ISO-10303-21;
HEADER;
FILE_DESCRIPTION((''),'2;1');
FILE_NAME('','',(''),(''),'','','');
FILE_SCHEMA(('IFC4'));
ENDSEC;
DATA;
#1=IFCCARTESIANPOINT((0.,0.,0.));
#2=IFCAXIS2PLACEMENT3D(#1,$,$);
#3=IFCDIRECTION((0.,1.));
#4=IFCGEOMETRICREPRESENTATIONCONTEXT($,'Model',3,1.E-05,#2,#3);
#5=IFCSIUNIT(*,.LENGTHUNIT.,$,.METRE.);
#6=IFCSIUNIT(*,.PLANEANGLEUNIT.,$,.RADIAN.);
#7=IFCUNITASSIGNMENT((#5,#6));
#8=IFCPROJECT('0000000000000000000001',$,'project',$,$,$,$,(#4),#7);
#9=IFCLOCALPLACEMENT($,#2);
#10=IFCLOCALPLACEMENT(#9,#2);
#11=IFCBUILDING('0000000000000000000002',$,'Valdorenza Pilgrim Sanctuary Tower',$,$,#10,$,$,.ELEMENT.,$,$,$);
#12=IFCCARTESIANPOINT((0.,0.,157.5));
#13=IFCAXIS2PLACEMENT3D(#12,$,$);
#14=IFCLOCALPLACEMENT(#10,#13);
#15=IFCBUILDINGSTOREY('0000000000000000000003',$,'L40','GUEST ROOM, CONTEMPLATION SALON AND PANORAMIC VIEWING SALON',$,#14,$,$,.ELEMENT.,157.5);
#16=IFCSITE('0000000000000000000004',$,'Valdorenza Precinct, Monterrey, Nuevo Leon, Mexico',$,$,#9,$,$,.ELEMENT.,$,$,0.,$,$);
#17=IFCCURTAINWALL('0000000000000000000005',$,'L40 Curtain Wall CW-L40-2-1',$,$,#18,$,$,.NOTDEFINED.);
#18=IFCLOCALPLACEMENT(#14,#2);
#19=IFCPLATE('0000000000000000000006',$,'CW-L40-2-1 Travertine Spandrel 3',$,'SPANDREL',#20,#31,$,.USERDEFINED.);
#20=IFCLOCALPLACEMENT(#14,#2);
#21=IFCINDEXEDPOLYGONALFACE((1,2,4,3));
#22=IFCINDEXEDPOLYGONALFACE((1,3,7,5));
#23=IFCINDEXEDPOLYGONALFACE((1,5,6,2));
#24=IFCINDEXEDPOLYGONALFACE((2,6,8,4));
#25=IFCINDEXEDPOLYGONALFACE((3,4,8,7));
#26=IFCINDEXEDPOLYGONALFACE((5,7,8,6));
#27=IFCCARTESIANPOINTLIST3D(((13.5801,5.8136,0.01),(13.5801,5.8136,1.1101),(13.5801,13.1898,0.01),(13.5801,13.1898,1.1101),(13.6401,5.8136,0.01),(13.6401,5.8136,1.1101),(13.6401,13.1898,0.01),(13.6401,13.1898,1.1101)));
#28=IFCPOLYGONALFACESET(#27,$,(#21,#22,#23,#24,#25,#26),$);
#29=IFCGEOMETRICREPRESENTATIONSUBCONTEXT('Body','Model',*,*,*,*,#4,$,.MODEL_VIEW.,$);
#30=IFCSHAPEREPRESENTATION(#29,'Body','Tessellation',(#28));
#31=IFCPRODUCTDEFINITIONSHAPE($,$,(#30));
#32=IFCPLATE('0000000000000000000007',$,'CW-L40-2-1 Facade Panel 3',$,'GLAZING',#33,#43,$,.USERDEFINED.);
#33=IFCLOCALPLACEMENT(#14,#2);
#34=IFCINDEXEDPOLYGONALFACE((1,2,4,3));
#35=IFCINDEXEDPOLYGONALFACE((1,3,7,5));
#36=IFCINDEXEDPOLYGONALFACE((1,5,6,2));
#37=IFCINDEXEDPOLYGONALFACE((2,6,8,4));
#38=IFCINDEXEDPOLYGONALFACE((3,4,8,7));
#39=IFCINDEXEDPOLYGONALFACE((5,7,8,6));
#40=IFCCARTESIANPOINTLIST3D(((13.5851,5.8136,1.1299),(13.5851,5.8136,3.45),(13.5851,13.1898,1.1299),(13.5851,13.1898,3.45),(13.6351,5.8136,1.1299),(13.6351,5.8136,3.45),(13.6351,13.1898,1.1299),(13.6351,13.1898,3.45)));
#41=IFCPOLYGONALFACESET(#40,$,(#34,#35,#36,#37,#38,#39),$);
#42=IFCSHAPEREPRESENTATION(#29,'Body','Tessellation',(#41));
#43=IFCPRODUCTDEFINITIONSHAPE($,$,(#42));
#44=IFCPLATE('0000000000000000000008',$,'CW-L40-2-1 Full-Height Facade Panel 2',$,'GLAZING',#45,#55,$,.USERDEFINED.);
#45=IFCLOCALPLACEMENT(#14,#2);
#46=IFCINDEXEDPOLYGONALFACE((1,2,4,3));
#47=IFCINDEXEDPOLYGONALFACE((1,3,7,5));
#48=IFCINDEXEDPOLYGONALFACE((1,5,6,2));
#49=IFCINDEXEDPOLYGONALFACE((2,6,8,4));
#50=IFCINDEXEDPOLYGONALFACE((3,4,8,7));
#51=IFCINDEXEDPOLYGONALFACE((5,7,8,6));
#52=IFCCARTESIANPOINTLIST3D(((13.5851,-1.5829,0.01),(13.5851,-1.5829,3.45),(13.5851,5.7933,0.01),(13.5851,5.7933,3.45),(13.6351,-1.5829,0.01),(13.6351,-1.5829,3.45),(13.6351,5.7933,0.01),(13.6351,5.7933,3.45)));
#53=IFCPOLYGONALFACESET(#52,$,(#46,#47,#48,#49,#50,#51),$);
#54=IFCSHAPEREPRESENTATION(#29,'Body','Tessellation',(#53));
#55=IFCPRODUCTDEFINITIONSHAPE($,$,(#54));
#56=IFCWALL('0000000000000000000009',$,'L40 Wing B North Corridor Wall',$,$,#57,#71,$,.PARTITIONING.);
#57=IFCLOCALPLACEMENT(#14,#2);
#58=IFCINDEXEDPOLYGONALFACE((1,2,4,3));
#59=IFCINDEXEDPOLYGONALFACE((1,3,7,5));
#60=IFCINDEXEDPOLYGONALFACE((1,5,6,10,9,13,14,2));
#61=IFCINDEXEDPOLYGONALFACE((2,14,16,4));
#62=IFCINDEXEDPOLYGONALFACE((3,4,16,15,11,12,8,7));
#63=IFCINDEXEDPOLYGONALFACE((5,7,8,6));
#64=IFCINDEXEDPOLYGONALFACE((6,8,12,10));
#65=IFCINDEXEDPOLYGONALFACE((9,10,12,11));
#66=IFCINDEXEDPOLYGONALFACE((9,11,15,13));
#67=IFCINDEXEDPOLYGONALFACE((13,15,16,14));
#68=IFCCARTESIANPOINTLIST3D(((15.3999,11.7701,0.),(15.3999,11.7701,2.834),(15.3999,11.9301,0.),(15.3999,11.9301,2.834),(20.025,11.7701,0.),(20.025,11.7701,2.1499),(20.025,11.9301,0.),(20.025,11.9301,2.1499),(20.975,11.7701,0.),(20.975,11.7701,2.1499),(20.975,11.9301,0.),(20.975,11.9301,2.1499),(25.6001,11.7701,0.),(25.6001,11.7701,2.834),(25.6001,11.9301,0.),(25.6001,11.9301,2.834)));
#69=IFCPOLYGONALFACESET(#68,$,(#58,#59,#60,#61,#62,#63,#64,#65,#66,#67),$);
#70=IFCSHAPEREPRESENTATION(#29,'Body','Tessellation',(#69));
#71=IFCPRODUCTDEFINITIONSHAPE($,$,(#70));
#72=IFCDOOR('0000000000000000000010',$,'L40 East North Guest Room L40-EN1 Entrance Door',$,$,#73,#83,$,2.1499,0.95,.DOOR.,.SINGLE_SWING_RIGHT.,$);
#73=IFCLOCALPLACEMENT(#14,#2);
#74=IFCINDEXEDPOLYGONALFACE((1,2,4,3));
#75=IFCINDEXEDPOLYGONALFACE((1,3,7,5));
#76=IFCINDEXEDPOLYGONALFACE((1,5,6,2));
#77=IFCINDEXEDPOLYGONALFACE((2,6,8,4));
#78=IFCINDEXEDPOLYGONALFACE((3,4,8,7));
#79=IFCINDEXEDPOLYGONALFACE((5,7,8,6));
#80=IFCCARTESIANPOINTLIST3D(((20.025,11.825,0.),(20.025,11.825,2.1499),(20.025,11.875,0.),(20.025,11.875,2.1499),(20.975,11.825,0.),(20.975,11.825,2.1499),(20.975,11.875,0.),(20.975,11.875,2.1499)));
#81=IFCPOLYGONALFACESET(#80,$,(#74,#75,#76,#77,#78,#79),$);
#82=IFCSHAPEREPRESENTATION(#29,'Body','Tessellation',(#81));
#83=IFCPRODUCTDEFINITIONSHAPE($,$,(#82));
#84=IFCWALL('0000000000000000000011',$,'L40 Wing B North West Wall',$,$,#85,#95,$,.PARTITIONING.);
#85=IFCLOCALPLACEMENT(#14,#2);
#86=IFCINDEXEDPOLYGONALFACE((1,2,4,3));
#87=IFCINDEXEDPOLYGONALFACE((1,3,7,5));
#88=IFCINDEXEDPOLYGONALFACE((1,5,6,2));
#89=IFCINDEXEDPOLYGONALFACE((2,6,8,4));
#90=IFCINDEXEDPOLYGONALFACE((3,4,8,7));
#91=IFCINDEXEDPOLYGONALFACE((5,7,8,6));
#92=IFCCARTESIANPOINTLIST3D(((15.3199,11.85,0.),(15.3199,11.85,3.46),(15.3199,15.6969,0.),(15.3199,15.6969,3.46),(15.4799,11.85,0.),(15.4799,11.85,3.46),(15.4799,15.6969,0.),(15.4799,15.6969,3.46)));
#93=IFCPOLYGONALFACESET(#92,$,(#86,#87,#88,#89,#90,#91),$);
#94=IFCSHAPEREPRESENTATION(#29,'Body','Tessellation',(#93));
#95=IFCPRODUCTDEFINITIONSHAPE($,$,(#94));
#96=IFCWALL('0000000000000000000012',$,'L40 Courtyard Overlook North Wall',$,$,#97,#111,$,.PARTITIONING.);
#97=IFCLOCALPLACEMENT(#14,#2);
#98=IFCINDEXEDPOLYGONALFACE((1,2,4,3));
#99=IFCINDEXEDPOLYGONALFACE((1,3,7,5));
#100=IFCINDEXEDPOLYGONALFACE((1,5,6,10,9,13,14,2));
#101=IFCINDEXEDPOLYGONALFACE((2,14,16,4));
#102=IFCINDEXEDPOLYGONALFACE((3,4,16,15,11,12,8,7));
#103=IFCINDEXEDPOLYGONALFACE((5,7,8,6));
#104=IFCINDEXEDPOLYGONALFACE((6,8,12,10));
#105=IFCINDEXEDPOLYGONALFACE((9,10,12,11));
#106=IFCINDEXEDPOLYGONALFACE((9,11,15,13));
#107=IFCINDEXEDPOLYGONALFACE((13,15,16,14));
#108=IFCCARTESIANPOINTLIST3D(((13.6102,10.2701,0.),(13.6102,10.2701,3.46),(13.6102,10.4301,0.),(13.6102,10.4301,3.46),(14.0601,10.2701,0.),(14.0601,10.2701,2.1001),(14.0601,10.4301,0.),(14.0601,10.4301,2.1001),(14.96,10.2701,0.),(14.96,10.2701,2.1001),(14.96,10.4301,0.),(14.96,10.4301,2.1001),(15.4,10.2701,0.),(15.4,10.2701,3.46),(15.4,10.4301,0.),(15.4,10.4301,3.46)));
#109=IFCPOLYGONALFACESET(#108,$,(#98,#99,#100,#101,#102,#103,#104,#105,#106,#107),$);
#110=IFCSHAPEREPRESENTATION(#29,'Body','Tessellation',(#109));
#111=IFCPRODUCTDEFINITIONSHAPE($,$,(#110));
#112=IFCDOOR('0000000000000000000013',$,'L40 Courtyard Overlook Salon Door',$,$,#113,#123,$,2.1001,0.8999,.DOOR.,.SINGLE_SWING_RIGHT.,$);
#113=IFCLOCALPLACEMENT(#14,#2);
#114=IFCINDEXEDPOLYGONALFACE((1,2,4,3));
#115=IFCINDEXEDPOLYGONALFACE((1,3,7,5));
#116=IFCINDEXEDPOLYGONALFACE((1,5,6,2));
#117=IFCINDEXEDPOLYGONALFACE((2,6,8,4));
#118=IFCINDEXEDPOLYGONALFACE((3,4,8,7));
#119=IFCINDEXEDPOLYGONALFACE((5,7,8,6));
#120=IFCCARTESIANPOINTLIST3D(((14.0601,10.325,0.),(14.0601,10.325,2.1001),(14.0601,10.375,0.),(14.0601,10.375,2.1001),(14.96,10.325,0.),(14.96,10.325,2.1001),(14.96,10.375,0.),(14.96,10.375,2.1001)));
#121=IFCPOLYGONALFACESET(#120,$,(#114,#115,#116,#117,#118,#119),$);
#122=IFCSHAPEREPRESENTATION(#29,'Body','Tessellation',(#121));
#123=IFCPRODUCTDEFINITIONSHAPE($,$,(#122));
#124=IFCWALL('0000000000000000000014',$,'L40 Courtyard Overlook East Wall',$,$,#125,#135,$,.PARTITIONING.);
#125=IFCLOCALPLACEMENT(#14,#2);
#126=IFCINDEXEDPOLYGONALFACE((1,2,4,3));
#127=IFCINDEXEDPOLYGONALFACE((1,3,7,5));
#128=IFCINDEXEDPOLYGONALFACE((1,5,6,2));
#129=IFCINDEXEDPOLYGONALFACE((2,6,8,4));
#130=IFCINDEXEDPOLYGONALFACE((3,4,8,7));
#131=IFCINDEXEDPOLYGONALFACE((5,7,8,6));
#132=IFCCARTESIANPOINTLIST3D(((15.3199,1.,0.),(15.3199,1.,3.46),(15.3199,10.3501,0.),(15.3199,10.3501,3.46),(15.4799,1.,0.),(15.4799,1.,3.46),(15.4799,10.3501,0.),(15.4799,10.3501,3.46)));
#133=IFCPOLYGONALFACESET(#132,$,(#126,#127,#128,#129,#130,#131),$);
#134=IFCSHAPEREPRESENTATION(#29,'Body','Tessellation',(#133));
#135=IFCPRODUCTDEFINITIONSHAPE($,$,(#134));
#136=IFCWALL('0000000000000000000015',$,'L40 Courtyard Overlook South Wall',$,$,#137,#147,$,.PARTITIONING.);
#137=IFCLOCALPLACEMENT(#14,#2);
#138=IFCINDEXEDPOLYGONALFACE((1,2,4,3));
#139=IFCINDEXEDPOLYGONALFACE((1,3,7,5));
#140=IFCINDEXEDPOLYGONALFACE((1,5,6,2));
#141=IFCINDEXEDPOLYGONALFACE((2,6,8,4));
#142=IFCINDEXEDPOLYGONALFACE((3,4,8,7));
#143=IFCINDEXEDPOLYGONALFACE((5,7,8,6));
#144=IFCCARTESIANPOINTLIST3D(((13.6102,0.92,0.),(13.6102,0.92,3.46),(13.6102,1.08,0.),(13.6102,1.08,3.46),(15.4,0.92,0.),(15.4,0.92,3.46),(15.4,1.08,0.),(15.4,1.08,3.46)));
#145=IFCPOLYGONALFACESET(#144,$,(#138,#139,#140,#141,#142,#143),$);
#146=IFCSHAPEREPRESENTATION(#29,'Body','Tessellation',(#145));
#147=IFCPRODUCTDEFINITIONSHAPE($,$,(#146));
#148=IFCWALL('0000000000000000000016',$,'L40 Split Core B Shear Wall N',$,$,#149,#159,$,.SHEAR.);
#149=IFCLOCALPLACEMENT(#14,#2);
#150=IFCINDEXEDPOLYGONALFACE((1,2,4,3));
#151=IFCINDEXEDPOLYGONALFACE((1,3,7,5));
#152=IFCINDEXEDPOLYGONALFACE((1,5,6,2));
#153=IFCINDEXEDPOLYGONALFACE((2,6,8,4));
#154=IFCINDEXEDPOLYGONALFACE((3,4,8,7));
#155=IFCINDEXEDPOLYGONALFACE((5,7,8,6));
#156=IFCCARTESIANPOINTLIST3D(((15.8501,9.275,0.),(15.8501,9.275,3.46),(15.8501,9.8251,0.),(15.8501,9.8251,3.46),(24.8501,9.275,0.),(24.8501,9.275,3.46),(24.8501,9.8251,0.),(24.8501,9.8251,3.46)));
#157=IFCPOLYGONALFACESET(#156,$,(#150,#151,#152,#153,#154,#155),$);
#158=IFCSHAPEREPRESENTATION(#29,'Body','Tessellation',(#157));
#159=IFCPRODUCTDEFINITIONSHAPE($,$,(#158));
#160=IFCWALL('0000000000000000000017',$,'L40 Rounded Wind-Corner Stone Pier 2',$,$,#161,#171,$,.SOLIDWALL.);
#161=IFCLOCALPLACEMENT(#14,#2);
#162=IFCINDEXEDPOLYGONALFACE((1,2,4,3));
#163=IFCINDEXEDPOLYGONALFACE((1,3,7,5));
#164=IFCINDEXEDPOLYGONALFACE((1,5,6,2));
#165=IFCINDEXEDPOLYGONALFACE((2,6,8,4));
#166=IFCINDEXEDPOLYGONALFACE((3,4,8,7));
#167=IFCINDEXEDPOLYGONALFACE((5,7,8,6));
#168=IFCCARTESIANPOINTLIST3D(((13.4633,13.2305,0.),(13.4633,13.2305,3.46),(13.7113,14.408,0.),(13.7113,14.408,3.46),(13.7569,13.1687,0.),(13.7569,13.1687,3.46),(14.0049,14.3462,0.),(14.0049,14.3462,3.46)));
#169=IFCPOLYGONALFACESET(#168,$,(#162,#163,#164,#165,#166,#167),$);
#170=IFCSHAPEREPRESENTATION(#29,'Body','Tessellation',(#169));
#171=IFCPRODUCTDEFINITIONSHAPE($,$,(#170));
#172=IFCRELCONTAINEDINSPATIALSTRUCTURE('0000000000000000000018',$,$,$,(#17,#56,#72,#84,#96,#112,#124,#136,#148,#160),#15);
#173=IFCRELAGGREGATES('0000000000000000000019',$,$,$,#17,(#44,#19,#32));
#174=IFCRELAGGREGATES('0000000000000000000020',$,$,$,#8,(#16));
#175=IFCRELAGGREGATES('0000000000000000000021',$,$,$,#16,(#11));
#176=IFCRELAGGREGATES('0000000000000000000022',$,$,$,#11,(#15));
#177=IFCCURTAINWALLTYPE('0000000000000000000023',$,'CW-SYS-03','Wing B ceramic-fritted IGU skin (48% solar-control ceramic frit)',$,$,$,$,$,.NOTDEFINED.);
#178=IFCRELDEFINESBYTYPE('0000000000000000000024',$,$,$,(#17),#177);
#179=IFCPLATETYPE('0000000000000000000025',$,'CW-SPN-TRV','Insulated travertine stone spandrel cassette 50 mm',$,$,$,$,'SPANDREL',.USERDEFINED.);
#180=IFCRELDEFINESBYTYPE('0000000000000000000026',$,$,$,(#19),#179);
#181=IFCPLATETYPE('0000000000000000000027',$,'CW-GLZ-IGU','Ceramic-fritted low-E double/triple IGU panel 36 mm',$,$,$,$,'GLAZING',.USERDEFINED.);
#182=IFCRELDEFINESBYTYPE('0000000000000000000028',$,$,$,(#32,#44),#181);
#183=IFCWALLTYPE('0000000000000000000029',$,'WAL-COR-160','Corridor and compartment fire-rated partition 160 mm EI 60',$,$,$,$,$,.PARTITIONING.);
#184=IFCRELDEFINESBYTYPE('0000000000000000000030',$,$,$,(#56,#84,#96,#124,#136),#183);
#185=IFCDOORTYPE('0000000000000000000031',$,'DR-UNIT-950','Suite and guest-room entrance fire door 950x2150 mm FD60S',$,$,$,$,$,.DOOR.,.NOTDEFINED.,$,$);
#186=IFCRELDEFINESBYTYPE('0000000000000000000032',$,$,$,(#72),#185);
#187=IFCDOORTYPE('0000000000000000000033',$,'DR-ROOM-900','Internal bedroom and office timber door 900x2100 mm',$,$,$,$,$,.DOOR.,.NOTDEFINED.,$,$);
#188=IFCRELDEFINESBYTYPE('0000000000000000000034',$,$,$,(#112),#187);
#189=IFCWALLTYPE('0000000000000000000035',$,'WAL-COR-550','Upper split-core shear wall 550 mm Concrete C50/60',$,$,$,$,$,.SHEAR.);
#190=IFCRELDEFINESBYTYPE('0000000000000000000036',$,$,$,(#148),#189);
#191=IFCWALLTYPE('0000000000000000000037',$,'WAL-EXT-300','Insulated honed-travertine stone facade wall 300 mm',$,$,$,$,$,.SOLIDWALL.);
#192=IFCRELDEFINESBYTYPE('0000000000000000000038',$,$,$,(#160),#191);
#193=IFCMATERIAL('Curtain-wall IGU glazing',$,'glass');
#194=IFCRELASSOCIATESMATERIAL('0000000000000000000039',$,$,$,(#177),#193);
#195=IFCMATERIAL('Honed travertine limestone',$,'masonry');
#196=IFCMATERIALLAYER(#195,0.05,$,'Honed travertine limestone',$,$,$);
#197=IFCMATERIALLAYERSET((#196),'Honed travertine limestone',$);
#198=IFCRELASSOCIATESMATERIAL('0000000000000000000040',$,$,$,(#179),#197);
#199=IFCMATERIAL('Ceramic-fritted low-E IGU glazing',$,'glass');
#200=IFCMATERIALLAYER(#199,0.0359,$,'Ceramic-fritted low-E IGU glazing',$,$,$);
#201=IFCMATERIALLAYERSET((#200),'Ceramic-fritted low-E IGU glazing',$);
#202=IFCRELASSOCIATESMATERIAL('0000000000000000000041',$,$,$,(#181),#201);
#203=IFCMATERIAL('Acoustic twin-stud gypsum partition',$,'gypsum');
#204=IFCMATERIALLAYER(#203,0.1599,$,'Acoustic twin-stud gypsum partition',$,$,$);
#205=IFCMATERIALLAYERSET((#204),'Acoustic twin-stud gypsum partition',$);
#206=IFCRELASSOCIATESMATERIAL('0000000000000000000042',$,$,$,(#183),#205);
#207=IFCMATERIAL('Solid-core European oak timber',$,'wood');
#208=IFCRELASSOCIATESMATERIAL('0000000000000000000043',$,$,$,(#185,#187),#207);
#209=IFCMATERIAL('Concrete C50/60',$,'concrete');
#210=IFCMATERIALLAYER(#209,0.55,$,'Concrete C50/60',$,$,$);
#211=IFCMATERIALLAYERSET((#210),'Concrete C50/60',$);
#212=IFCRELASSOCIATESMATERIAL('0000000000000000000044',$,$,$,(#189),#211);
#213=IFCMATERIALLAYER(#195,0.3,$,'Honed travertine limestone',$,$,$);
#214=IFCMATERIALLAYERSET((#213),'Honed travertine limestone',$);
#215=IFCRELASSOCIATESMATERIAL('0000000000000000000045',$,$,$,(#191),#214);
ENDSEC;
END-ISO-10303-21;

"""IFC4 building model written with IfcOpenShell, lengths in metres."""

from ifc_helpers import new_model, si_unit, direction, frame, frame_2d, origin, origin_2d, place, context, subcontext, project, spatial, rectangle, extrude, source, transform, mapped, material, layer, layer_set, type_object, element, fill, aggregate, save


model = new_model("IFC4")

# Units and contexts
model_context = context("Model", 3, precision=1e-05, world=origin(), true_north=direction((0.0, 1.0)))
body_context = subcontext(model_context, "Body", "Model", "MODEL_VIEW")
ifc_project = project(units=[si_unit("LENGTHUNIT", "METRE"), si_unit("PLANEANGLEUNIT", "RADIAN")], contexts=[model_context])

# Site, building, storey
site_placement = place(None, origin())
site = spatial("IfcSite", under=ifc_project, at=site_placement, Name="Valdorenza Precinct, Monterrey, Nuevo Leon, Mexico", CompositionType="ELEMENT", RefElevation=0.0)
building_placement = place(site_placement, origin())
building = spatial("IfcBuilding", under=site, at=building_placement, Name="Valdorenza Pilgrim Sanctuary Tower", CompositionType="ELEMENT")
storey_placement = place(building_placement, frame((0.0, 0.0, 157.5)))
storey = spatial("IfcBuildingStorey", under=building, at=storey_placement, Name="L40", Description="GUEST ROOM, CONTEMPLATION SALON AND PANORAMIC VIEWING SALON", CompositionType="ELEMENT", Elevation=157.5)

# Curtain wall
ifc_material_1 = material(Name="Curtain-wall IGU glazing", Category="glass")
curtain_wall_type = type_object("IfcCurtainWallType", Name="CW-SYS-03", Description="Wing B ceramic-fritted IGU skin (48% solar-control ceramic frit)", PredefinedType="NOTDEFINED", material=ifc_material_1)
curtain_wall_1_placement = place(storey_placement, origin())
curtain_wall_1 = element("IfcCurtainWall", 1, at=curtain_wall_1_placement, inside=storey, type_object=curtain_wall_type, Name="L40 Curtain Wall CW-L40-2-1", PredefinedType="NOTDEFINED")

# Plates
ifc_material_2 = material(Name="Honed travertine limestone", Category="masonry")
ifc_layer_1 = layer(ifc_material_2, 0.05, Name="Honed travertine limestone")
ifc_layer_set_1 = layer_set([ifc_layer_1], Name="Honed travertine limestone")
plate_type_1 = type_object("IfcPlateType", Name="CW-SPN-TRV", Description="Insulated travertine stone spandrel cassette 50 mm", ElementType="SPANDREL", PredefinedType="USERDEFINED", material=ifc_layer_set_1)
shared_shape_1 = source(origin(), body_context, "Body", "SweptSolid", [
    extrude(rectangle(XDim=7.3762, YDim=0.0601, at=origin_2d()), origin(), (0.0, 0.0, 1.0), 1.1001),
])
plate_1_placement = place(storey_placement, frame((13.6101, 9.5017, 0.01), z_axis=(0.0, 0.0, 1.0), x_axis=(0.0, 1.0, 0.0)))
plate_1 = element("IfcPlate", 2, at=plate_1_placement, type_object=plate_type_1, Name="CW-L40-2-1 Travertine Spandrel 3", ObjectType="SPANDREL", PredefinedType="USERDEFINED", context=body_context, shape_type="MappedRepresentation", body=[
    mapped(shared_shape_1, transform((0.0, 0.0, 0.0), x_axis=(1.0, 0.0, 0.0), y_axis=(0.0, 1.0, 0.0), z_axis=(0.0, 0.0, 1.0), scale=1.0)),
])
ifc_material_3 = material(Name="Ceramic-fritted low-E IGU glazing", Category="glass")
ifc_layer_2 = layer(ifc_material_3, 0.0359, Name="Ceramic-fritted low-E IGU glazing")
ifc_layer_set_2 = layer_set([ifc_layer_2], Name="Ceramic-fritted low-E IGU glazing")
plate_type_2 = type_object("IfcPlateType", Name="CW-GLZ-IGU", Description="Ceramic-fritted low-E double/triple IGU panel 36 mm", ElementType="GLAZING", PredefinedType="USERDEFINED", material=ifc_layer_set_2)
shared_shape_2 = source(origin(), body_context, "Body", "SweptSolid", [
    extrude(rectangle(XDim=7.3762, YDim=0.05, at=origin_2d()), origin(), (0.0, 0.0, 1.0), 2.3201),
])
plate_2_placement = place(storey_placement, frame((13.6101, 9.5017, 1.1299), z_axis=(0.0, 0.0, 1.0), x_axis=(0.0, 1.0, 0.0)))
plate_2 = element("IfcPlate", 3, at=plate_2_placement, type_object=plate_type_2, Name="CW-L40-2-1 Facade Panel 3", ObjectType="GLAZING", PredefinedType="USERDEFINED", context=body_context, shape_type="MappedRepresentation", body=[
    mapped(shared_shape_2, transform((0.0, 0.0, 0.0), x_axis=(1.0, 0.0, 0.0), y_axis=(0.0, 1.0, 0.0), z_axis=(0.0, 0.0, 1.0), scale=1.0)),
])
shared_shape_3 = source(origin(), body_context, "Body", "SweptSolid", [
    extrude(rectangle(XDim=7.3762, YDim=0.05, at=origin_2d()), origin(), (0.0, 0.0, 1.0), 3.4399),
])
plate_3_placement = place(storey_placement, frame((13.6101, 2.1052, 0.01), z_axis=(0.0, 0.0, 1.0), x_axis=(0.0, 1.0, 0.0)))
plate_3 = element("IfcPlate", 4, at=plate_3_placement, type_object=plate_type_2, Name="CW-L40-2-1 Full-Height Facade Panel 2", ObjectType="GLAZING", PredefinedType="USERDEFINED", context=body_context, shape_type="MappedRepresentation", body=[
    mapped(shared_shape_3, transform((0.0, 0.0, 0.0), x_axis=(1.0, 0.0, 0.0), y_axis=(0.0, 1.0, 0.0), z_axis=(0.0, 0.0, 1.0), scale=1.0)),
])
aggregate(curtain_wall_1, [plate_3, plate_1, plate_2])

# Wall, opening, door
ifc_material_4 = material(Name="Acoustic twin-stud gypsum partition", Category="gypsum")
ifc_layer_3 = layer(ifc_material_4, 0.1599, Name="Acoustic twin-stud gypsum partition")
ifc_layer_set_3 = layer_set([ifc_layer_3], Name="Acoustic twin-stud gypsum partition")
wall_type_1 = type_object("IfcWallType", Name="WAL-COR-160", Description="Corridor and compartment fire-rated partition 160 mm EI 60", PredefinedType="PARTITIONING", material=ifc_layer_set_3)
wall_1_placement = place(storey_placement, frame((15.3999, 11.8501, 0.0), z_axis=(0.0, 0.0, 1.0), x_axis=(1.0, 0.0, 0.0)))
wall_1 = element("IfcWall", 5, at=wall_1_placement, inside=storey, type_object=wall_type_1, Name="L40 Wing B North Corridor Wall", PredefinedType="PARTITIONING", context=body_context, shape_type="SweptSolid", body=[
    extrude(rectangle(XDim=10.2002, YDim=0.1599, at=frame_2d((5.1001, 0.0))), origin(), (0.0, 0.0, 1.0), 2.834),
])
opening_1_placement = place(wall_1_placement, frame((4.625, 0.0, 0.0)))
opening_1 = element("IfcOpeningElement", 6, at=opening_1_placement, cuts=wall_1, PredefinedType="OPENING", context=body_context, shape_type="SweptSolid", body=[
    extrude(rectangle(XDim=0.95, YDim=2.1499, at=frame_2d((0.4751, 1.075))), frame((0.0, 0.0947, 0.0), z_axis=(0.0, -1.0, 0.0), x_axis=(1.0, 0.0, 0.0)), (0.0, 0.0, 1.0), 0.1897),
])
ifc_material_5 = material(Name="Solid-core European oak timber", Category="wood")
door_type_1 = type_object("IfcDoorType", Name="DR-UNIT-950", Description="Suite and guest-room entrance fire door 950x2150 mm FD60S", OperationType="NOTDEFINED", PredefinedType="DOOR", material=ifc_material_5)
door_1_placement = place(opening_1_placement, origin())
door_1 = element("IfcDoor", 7, at=door_1_placement, inside=storey, type_object=door_type_1, Name="L40 East North Guest Room L40-EN1 Entrance Door", OperationType="SINGLE_SWING_RIGHT", OverallHeight=2.1499, OverallWidth=0.95, PredefinedType="DOOR", context=body_context, shape_type="SweptSolid", body=[
    extrude(rectangle(XDim=0.95, YDim=2.1499, at=frame_2d((0.4751, 1.075))), frame((0.0, 0.0249, 0.0), z_axis=(0.0, -1.0, 0.0), x_axis=(1.0, 0.0, 0.0)), (0.0, 0.0, 1.0), 0.05),
])
fill(opening_1, door_1)

# Wall
wall_2_placement = place(storey_placement, frame((15.3999, 11.8501, 0.0), z_axis=(0.0, 0.0, 1.0), x_axis=(0.0, 1.0, 0.0)))
element("IfcWall", 8, at=wall_2_placement, inside=storey, type_object=wall_type_1, Name="L40 Wing B North West Wall", PredefinedType="PARTITIONING", context=body_context, shape_type="SweptSolid", body=[
    extrude(rectangle(XDim=3.8469, YDim=0.1599, at=frame_2d((1.9233, 0.0))), origin(), (0.0, 0.0, 1.0), 3.46),
])

# Wall, opening, door
wall_3_placement = place(storey_placement, frame((13.6101, 10.3501, 0.0), z_axis=(0.0, 0.0, 1.0), x_axis=(1.0, 0.0, 0.0)))
wall_3 = element("IfcWall", 9, at=wall_3_placement, inside=storey, type_object=wall_type_1, Name="L40 Courtyard Overlook North Wall", PredefinedType="PARTITIONING", context=body_context, shape_type="SweptSolid", body=[
    extrude(rectangle(XDim=1.7898, YDim=0.1599, at=frame_2d((0.895, 0.0))), origin(), (0.0, 0.0, 1.0), 3.46),
])
opening_2_placement = place(wall_3_placement, frame((0.45, 0.0, 0.0)))
opening_2 = element("IfcOpeningElement", 10, at=opening_2_placement, cuts=wall_3, PredefinedType="OPENING", context=body_context, shape_type="SweptSolid", body=[
    extrude(rectangle(XDim=0.8999, YDim=2.1001, at=frame_2d((0.45, 1.05))), frame((0.0, 0.0947, 0.0), z_axis=(0.0, -1.0, 0.0), x_axis=(1.0, 0.0, 0.0)), (0.0, 0.0, 1.0), 0.1897),
])
door_type_2 = type_object("IfcDoorType", Name="DR-ROOM-900", Description="Internal bedroom and office timber door 900x2100 mm", OperationType="NOTDEFINED", PredefinedType="DOOR", material=ifc_material_5)
door_2_placement = place(opening_2_placement, origin())
door_2 = element("IfcDoor", 11, at=door_2_placement, inside=storey, type_object=door_type_2, Name="L40 Courtyard Overlook Salon Door", OperationType="SINGLE_SWING_RIGHT", OverallHeight=2.1001, OverallWidth=0.8999, PredefinedType="DOOR", context=body_context, shape_type="SweptSolid", body=[
    extrude(rectangle(XDim=0.8999, YDim=2.1001, at=frame_2d((0.45, 1.05))), frame((0.0, 0.0249, 0.0), z_axis=(0.0, -1.0, 0.0), x_axis=(1.0, 0.0, 0.0)), (0.0, 0.0, 1.0), 0.05),
])
fill(opening_2, door_2)

# Walls
wall_4_placement = place(storey_placement, frame((15.3999, 1.0, 0.0), z_axis=(0.0, 0.0, 1.0), x_axis=(0.0, 1.0, 0.0)))
element("IfcWall", 12, at=wall_4_placement, inside=storey, type_object=wall_type_1, Name="L40 Courtyard Overlook East Wall", PredefinedType="PARTITIONING", context=body_context, shape_type="SweptSolid", body=[
    extrude(rectangle(XDim=9.3501, YDim=0.1599, at=frame_2d((4.675, 0.0))), origin(), (0.0, 0.0, 1.0), 3.46),
])
wall_5_placement = place(storey_placement, frame((13.6101, 1.0, 0.0), z_axis=(0.0, 0.0, 1.0), x_axis=(1.0, 0.0, 0.0)))
element("IfcWall", 13, at=wall_5_placement, inside=storey, type_object=wall_type_1, Name="L40 Courtyard Overlook South Wall", PredefinedType="PARTITIONING", context=body_context, shape_type="SweptSolid", body=[
    extrude(rectangle(XDim=1.7898, YDim=0.1599, at=frame_2d((0.895, 0.0))), origin(), (0.0, 0.0, 1.0), 3.46),
])
ifc_material_6 = material(Name="Concrete C50/60", Category="concrete")
ifc_layer_4 = layer(ifc_material_6, 0.55, Name="Concrete C50/60")
ifc_layer_set_4 = layer_set([ifc_layer_4], Name="Concrete C50/60")
wall_type_2 = type_object("IfcWallType", Name="WAL-COR-550", Description="Upper split-core shear wall 550 mm Concrete C50/60", PredefinedType="SHEAR", material=ifc_layer_set_4)
wall_6_placement = place(storey_placement, frame((15.8501, 9.55, 0.0), z_axis=(0.0, 0.0, 1.0), x_axis=(1.0, 0.0, 0.0)))
element("IfcWall", 14, at=wall_6_placement, inside=storey, type_object=wall_type_2, Name="L40 Split Core B Shear Wall N", PredefinedType="SHEAR", context=body_context, shape_type="SweptSolid", body=[
    extrude(rectangle(XDim=9.0, YDim=0.55, at=frame_2d((4.5, 0.0))), origin(), (0.0, 0.0, 1.0), 3.46),
])
ifc_layer_5 = layer(ifc_material_2, 0.3, Name="Honed travertine limestone")
ifc_layer_set_5 = layer_set([ifc_layer_5], Name="Honed travertine limestone")
wall_type_3 = type_object("IfcWallType", Name="WAL-EXT-300", Description="Insulated honed-travertine stone facade wall 300 mm", PredefinedType="SOLIDWALL", material=ifc_layer_set_5)
wall_7_placement = place(storey_placement, frame((13.6101, 13.1997, 0.0), z_axis=(0.0, 0.0, 1.0), x_axis=(0.206133, 0.978524, 0.0)))
element("IfcWall", 15, at=wall_7_placement, inside=storey, type_object=wall_type_3, Name="L40 Rounded Wind-Corner Stone Pier 2", PredefinedType="SOLIDWALL", context=body_context, shape_type="SweptSolid", body=[
    extrude(rectangle(XDim=1.2034, YDim=0.3, at=frame_2d((0.6016, 0.0))), origin(), (0.0, 0.0, 1.0), 3.46),
])

save(model, "model.ifc")
